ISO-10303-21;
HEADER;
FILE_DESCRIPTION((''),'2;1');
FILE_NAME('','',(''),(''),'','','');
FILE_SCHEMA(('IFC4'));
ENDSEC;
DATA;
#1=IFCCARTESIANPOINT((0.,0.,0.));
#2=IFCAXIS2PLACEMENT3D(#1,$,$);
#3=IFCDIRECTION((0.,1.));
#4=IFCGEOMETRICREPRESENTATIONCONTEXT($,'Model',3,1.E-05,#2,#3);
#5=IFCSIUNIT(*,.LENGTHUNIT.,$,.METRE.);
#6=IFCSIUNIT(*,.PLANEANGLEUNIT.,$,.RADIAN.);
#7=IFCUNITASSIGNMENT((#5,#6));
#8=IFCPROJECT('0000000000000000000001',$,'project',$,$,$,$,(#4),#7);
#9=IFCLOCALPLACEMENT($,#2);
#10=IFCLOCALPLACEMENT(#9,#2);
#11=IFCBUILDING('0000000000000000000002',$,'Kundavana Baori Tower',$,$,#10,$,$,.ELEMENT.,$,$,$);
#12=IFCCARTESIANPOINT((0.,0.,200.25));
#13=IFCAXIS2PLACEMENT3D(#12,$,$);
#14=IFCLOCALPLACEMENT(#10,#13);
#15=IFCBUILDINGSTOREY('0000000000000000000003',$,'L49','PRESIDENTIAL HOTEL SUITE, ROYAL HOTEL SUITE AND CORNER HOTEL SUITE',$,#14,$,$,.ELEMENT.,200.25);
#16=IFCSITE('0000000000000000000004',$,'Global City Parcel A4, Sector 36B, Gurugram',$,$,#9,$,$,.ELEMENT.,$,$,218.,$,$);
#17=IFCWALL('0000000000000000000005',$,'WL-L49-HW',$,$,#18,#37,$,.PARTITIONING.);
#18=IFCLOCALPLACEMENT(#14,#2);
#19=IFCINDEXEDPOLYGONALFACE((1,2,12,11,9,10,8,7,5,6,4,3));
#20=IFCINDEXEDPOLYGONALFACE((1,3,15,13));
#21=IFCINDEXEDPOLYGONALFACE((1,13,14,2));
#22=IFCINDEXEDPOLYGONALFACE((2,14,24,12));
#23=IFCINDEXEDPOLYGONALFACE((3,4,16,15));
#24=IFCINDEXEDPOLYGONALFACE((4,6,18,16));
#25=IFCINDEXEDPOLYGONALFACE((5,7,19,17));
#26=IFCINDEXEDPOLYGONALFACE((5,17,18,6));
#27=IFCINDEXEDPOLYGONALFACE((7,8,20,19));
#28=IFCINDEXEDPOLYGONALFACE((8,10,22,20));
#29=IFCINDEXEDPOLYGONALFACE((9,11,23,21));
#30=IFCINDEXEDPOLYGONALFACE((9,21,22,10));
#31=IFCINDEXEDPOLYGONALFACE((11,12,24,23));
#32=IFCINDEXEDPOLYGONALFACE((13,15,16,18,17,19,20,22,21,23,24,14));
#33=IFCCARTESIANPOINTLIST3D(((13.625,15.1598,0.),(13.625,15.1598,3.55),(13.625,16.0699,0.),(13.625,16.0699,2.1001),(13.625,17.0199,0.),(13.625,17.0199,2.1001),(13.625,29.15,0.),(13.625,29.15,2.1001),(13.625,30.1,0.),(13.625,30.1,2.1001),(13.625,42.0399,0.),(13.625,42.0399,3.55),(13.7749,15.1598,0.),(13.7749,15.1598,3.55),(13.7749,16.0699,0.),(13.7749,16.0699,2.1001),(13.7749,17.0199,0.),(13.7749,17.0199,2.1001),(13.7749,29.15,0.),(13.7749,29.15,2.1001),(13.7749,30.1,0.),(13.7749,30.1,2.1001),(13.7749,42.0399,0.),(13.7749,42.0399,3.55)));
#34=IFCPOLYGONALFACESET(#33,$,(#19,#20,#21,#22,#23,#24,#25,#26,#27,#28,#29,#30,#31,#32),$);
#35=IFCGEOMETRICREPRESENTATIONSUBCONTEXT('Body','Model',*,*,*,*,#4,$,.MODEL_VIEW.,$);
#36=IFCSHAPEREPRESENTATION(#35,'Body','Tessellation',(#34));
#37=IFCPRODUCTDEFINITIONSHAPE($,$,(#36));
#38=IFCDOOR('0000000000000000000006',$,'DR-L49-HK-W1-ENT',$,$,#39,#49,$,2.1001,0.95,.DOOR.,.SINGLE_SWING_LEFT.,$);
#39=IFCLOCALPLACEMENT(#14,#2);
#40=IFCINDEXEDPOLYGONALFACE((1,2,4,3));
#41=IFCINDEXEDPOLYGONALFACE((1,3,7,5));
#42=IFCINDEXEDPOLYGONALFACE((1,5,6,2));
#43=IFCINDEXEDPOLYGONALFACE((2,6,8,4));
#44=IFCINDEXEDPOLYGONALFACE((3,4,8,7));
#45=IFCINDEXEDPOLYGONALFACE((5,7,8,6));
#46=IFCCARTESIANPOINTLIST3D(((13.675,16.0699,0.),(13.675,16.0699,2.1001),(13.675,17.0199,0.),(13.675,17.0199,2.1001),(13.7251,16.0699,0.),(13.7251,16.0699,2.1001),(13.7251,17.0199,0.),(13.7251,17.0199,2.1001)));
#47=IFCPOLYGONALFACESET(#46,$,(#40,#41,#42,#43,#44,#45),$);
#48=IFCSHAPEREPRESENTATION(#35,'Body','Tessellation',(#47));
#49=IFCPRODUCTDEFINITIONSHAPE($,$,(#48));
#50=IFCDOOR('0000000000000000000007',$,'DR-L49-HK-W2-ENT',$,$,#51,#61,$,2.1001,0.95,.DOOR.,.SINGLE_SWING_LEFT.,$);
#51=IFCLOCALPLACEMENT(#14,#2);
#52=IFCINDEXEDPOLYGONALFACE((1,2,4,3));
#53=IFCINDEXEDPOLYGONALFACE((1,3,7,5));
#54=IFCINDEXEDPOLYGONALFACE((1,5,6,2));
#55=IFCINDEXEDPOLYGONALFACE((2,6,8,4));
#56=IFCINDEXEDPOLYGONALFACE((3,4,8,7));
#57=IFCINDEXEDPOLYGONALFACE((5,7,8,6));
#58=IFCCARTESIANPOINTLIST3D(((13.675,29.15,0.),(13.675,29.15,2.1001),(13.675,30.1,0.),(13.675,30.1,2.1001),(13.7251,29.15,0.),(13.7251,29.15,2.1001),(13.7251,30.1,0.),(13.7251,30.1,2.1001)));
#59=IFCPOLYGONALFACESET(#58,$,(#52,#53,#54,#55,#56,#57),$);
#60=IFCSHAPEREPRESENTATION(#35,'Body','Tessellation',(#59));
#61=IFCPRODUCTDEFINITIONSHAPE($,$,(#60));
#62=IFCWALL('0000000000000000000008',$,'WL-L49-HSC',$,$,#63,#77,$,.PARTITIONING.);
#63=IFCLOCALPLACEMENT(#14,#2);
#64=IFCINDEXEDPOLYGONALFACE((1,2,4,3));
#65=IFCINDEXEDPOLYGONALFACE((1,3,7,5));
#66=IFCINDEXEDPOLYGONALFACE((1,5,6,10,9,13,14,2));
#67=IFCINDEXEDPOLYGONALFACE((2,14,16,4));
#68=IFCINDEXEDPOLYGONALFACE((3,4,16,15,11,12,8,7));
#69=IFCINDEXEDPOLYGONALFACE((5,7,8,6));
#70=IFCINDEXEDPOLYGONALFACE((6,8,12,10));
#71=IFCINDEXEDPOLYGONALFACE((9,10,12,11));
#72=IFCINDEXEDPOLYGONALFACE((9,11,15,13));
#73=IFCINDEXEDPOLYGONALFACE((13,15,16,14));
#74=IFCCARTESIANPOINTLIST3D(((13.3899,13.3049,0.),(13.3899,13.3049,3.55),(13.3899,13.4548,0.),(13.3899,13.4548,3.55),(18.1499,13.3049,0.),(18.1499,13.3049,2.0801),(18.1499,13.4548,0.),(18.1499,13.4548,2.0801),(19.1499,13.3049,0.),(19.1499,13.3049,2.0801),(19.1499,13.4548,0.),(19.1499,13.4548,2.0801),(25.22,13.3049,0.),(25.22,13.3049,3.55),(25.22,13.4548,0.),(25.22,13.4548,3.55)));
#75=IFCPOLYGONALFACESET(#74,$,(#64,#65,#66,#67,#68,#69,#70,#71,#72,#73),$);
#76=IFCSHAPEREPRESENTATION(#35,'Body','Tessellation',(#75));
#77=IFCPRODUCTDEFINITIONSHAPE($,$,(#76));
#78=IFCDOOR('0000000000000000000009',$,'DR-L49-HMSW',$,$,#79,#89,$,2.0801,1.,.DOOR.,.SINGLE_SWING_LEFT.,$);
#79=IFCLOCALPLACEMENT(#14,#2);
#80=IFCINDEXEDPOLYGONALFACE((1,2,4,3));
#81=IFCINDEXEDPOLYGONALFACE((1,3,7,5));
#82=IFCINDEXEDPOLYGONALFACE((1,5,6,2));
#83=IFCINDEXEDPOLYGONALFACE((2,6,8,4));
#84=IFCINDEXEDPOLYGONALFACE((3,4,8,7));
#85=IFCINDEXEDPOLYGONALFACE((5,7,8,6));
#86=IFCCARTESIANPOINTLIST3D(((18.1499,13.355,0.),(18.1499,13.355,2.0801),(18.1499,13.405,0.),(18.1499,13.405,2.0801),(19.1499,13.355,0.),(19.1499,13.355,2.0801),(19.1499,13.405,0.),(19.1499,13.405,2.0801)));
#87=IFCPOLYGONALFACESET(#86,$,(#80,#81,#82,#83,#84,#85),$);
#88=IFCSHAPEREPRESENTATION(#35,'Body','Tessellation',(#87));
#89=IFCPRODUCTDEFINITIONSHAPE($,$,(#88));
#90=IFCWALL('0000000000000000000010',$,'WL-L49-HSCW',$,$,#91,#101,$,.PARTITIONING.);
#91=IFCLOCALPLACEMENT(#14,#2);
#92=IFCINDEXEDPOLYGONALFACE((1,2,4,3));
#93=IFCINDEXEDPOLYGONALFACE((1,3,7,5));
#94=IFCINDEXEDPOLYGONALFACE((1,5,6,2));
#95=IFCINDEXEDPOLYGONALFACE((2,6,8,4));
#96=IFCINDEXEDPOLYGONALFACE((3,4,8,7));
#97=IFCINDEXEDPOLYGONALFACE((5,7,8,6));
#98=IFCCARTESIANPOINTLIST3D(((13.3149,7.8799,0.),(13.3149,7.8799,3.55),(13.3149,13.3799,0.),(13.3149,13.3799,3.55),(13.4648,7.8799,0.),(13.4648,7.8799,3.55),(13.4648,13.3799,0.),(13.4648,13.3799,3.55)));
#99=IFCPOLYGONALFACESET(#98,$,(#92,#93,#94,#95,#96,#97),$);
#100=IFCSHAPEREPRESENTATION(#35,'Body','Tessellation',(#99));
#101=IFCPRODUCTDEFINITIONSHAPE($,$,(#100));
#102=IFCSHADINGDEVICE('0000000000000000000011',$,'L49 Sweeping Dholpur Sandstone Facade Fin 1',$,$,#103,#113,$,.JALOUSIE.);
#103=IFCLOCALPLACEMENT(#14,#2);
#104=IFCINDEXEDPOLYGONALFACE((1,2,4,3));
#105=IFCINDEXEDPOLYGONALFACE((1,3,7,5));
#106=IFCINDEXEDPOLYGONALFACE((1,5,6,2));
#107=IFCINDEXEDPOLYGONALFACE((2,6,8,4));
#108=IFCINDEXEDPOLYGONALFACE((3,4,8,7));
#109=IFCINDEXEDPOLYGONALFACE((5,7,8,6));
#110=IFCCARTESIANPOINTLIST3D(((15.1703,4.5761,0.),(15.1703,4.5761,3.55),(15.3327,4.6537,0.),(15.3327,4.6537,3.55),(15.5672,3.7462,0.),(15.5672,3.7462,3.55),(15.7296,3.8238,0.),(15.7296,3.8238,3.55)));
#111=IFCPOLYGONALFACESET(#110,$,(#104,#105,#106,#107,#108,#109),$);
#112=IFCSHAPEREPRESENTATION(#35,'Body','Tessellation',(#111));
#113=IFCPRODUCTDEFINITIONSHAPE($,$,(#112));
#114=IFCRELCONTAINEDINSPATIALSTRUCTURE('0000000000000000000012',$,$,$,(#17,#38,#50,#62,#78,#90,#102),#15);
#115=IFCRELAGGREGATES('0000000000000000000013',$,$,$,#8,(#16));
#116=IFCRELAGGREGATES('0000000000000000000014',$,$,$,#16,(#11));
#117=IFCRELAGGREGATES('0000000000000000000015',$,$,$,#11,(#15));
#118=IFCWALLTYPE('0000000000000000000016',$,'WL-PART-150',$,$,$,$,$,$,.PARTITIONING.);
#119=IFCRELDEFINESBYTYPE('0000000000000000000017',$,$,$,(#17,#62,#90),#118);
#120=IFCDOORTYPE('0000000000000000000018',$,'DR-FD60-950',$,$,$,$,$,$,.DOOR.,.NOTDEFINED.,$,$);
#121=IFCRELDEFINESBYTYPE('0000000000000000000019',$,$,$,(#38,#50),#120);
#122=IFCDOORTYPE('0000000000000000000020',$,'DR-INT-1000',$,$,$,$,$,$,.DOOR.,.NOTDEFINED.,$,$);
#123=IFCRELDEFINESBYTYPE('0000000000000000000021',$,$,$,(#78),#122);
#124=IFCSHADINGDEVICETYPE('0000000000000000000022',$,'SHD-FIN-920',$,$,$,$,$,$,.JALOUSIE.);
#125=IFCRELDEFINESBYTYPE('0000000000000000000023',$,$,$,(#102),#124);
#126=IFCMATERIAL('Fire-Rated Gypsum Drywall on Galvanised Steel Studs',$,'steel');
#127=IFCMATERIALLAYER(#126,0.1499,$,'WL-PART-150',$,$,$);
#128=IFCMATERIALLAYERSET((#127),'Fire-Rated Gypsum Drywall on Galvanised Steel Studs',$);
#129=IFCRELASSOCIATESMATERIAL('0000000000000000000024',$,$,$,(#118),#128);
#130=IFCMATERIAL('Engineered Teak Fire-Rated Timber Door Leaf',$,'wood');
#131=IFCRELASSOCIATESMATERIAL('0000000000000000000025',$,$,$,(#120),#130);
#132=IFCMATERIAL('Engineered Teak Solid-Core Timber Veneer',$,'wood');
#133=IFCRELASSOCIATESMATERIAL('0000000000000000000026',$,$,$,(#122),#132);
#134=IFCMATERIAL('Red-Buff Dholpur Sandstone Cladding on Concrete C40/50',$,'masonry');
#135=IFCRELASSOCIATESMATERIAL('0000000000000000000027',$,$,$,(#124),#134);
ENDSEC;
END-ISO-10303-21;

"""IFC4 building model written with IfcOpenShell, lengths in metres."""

from ifc_helpers import new_model, si_unit, direction, frame, frame_2d, origin, origin_2d, place, context, subcontext, project, spatial, rectangle, extrude, material, layer, layer_set, type_object, element, fill, save


model = new_model("IFC4")

# Units and contexts
model_context = context("Model", 3, precision=1e-05, world=origin(), true_north=direction((0.0, 1.0)))
body_context = subcontext(model_context, "Body", "Model", "MODEL_VIEW")
ifc_project = project(units=[si_unit("LENGTHUNIT", "METRE"), si_unit("PLANEANGLEUNIT", "RADIAN")], contexts=[model_context])

# Site, building, storey
site_placement = place(None, origin())
site = spatial("IfcSite", under=ifc_project, at=site_placement, Name="Global City Parcel A4, Sector 36B, Gurugram", CompositionType="ELEMENT", RefElevation=218.0)
building_placement = place(site_placement, origin())
building = spatial("IfcBuilding", under=site, at=building_placement, Name="Kundavana Baori Tower", CompositionType="ELEMENT")
storey_placement = place(building_placement, frame((0.0, 0.0, 200.25)))
storey = spatial("IfcBuildingStorey", under=building, at=storey_placement, Name="L49", Description="PRESIDENTIAL HOTEL SUITE, ROYAL HOTEL SUITE AND CORNER HOTEL SUITE", CompositionType="ELEMENT", Elevation=200.25)

# Wall, openings, doors
ifc_material_1 = material(Name="Fire-Rated Gypsum Drywall on Galvanised Steel Studs", Category="steel")
ifc_layer_1 = layer(ifc_material_1, 0.1499, Name="WL-PART-150")
ifc_layer_set_1 = layer_set([ifc_layer_1], Name="Fire-Rated Gypsum Drywall on Galvanised Steel Studs")
wall_type_1 = type_object("IfcWallType", Name="WL-PART-150", PredefinedType="PARTITIONING", material=ifc_layer_set_1)
wall_1_placement = place(storey_placement, frame((13.7, 15.1599, 0.0), z_axis=(0.0, 0.0, 1.0), x_axis=(0.0, 1.0, 0.0)))
wall_1 = element("IfcWall", 1, at=wall_1_placement, inside=storey, type_object=wall_type_1, Name="WL-L49-HW", PredefinedType="PARTITIONING", context=body_context, shape_type="SweptSolid", body=[
    extrude(rectangle(XDim=26.8801, YDim=0.1499, at=frame_2d((13.4399, 0.0))), origin(), (0.0, 0.0, 1.0), 3.55),
])
opening_1_placement = place(wall_1_placement, frame((0.9099, 0.0, 0.0)))
opening_1 = element("IfcOpeningElement", 2, at=opening_1_placement, cuts=wall_1, PredefinedType="OPENING", context=body_context, shape_type="SweptSolid", body=[
    extrude(rectangle(XDim=0.95, YDim=2.1001, at=frame_2d((0.4751, 1.05))), frame((0.0, 0.085, 0.0), z_axis=(0.0, -1.0, 0.0), x_axis=(1.0, 0.0, 0.0)), (0.0, 0.0, 1.0), 0.1699),
])
opening_2_placement = place(wall_1_placement, frame((13.99, 0.0, 0.0)))
opening_2 = element("IfcOpeningElement", 3, at=opening_2_placement, cuts=wall_1, PredefinedType="OPENING", context=body_context, shape_type="SweptSolid", body=[
    extrude(rectangle(XDim=0.95, YDim=2.1001, at=frame_2d((0.4751, 1.05))), frame((0.0, 0.085, 0.0), z_axis=(0.0, -1.0, 0.0), x_axis=(1.0, 0.0, 0.0)), (0.0, 0.0, 1.0), 0.1699),
])
ifc_material_2 = material(Name="Engineered Teak Fire-Rated Timber Door Leaf", Category="wood")
door_type_1 = type_object("IfcDoorType", Name="DR-FD60-950", OperationType="NOTDEFINED", PredefinedType="DOOR", material=ifc_material_2)
door_1_placement = place(opening_1_placement, origin())
door_1 = element("IfcDoor", 4, at=door_1_placement, inside=storey, type_object=door_type_1, Name="DR-L49-HK-W1-ENT", OperationType="SINGLE_SWING_LEFT", OverallHeight=2.1001, OverallWidth=0.95, PredefinedType="DOOR", context=body_context, shape_type="SweptSolid", body=[
    extrude(rectangle(XDim=0.95, YDim=2.1001, at=frame_2d((0.4751, 1.05))), frame((0.0, 0.0249, 0.0), z_axis=(0.0, -1.0, 0.0), x_axis=(1.0, 0.0, 0.0)), (0.0, 0.0, 1.0), 0.05),
])
fill(opening_1, door_1)
door_2_placement = place(opening_2_placement, origin())
door_2 = element("IfcDoor", 5, at=door_2_placement, inside=storey, type_object=door_type_1, Name="DR-L49-HK-W2-ENT", OperationType="SINGLE_SWING_LEFT", OverallHeight=2.1001, OverallWidth=0.95, PredefinedType="DOOR", context=body_context, shape_type="SweptSolid", body=[
    extrude(rectangle(XDim=0.95, YDim=2.1001, at=frame_2d((0.4751, 1.05))), frame((0.0, 0.0249, 0.0), z_axis=(0.0, -1.0, 0.0), x_axis=(1.0, 0.0, 0.0)), (0.0, 0.0, 1.0), 0.05),
])
fill(opening_2, door_2)

# Wall, opening, door
wall_2_placement = place(storey_placement, frame((13.3899, 13.3799, 0.0), z_axis=(0.0, 0.0, 1.0), x_axis=(1.0, 0.0, 0.0)))
wall_2 = element("IfcWall", 6, at=wall_2_placement, inside=storey, type_object=wall_type_1, Name="WL-L49-HSC", PredefinedType="PARTITIONING", context=body_context, shape_type="SweptSolid", body=[
    extrude(rectangle(XDim=11.8301, YDim=0.1499, at=frame_2d((5.915, 0.0))), origin(), (0.0, 0.0, 1.0), 3.55),
])
opening_3_placement = place(wall_2_placement, frame((4.76, 0.0, 0.0)))
opening_3 = element("IfcOpeningElement", 7, at=opening_3_placement, cuts=wall_2, PredefinedType="OPENING", context=body_context, shape_type="SweptSolid", body=[
    extrude(rectangle(XDim=1.0, YDim=2.0801, at=frame_2d((0.5, 1.04))), frame((0.0, 0.085, 0.0), z_axis=(0.0, -1.0, 0.0), x_axis=(1.0, 0.0, 0.0)), (0.0, 0.0, 1.0), 0.1699),
])
ifc_material_3 = material(Name="Engineered Teak Solid-Core Timber Veneer", Category="wood")
door_type_2 = type_object("IfcDoorType", Name="DR-INT-1000", OperationType="NOTDEFINED", PredefinedType="DOOR", material=ifc_material_3)
door_3_placement = place(opening_3_placement, frame((1.0, 0.0, 0.0), z_axis=(0.0, 0.0, 1.0), x_axis=(-1.0, 0.0, 0.0)))
door_3 = element("IfcDoor", 8, at=door_3_placement, inside=storey, type_object=door_type_2, Name="DR-L49-HMSW", OperationType="SINGLE_SWING_LEFT", OverallHeight=2.0801, OverallWidth=1.0, PredefinedType="DOOR", context=body_context, shape_type="SweptSolid", body=[
    extrude(rectangle(XDim=1.0, YDim=2.0801, at=frame_2d((0.5, 1.04))), frame((0.0, 0.0249, 0.0), z_axis=(0.0, -1.0, 0.0), x_axis=(1.0, 0.0, 0.0)), (0.0, 0.0, 1.0), 0.05),
])
fill(opening_3, door_3)

# Wall
wall_3_placement = place(storey_placement, frame((13.3899, 7.8799, 0.0), z_axis=(0.0, 0.0, 1.0), x_axis=(0.0, 1.0, 0.0)))
element("IfcWall", 9, at=wall_3_placement, inside=storey, type_object=wall_type_1, Name="WL-L49-HSCW", PredefinedType="PARTITIONING", context=body_context, shape_type="SweptSolid", body=[
    extrude(rectangle(XDim=5.5, YDim=0.1499, at=frame_2d((2.75, 0.0))), origin(), (0.0, 0.0, 1.0), 3.55),
])

# Shading device
ifc_material_4 = material(Name="Red-Buff Dholpur Sandstone Cladding on Concrete C40/50", Category="masonry")
shading_device_type = type_object("IfcShadingDeviceType", Name="SHD-FIN-920", PredefinedType="JALOUSIE", material=ifc_material_4)
shading_device_placement = place(storey_placement, frame((15.45, 4.2, 0.0), z_axis=(0.0, 0.0, 1.0), x_axis=(0.902134, 0.431456, 0.0)))
element("IfcShadingDevice", 10, at=shading_device_placement, inside=storey, type_object=shading_device_type, Name="L49 Sweeping Dholpur Sandstone Facade Fin 1", PredefinedType="JALOUSIE", context=body_context, shape_type="SweptSolid", body=[
    extrude(rectangle(XDim=0.1799, YDim=0.9199, at=origin_2d()), origin(), (0.0, 0.0, 1.0), 3.55),
])

save(model, "model.ifc")
